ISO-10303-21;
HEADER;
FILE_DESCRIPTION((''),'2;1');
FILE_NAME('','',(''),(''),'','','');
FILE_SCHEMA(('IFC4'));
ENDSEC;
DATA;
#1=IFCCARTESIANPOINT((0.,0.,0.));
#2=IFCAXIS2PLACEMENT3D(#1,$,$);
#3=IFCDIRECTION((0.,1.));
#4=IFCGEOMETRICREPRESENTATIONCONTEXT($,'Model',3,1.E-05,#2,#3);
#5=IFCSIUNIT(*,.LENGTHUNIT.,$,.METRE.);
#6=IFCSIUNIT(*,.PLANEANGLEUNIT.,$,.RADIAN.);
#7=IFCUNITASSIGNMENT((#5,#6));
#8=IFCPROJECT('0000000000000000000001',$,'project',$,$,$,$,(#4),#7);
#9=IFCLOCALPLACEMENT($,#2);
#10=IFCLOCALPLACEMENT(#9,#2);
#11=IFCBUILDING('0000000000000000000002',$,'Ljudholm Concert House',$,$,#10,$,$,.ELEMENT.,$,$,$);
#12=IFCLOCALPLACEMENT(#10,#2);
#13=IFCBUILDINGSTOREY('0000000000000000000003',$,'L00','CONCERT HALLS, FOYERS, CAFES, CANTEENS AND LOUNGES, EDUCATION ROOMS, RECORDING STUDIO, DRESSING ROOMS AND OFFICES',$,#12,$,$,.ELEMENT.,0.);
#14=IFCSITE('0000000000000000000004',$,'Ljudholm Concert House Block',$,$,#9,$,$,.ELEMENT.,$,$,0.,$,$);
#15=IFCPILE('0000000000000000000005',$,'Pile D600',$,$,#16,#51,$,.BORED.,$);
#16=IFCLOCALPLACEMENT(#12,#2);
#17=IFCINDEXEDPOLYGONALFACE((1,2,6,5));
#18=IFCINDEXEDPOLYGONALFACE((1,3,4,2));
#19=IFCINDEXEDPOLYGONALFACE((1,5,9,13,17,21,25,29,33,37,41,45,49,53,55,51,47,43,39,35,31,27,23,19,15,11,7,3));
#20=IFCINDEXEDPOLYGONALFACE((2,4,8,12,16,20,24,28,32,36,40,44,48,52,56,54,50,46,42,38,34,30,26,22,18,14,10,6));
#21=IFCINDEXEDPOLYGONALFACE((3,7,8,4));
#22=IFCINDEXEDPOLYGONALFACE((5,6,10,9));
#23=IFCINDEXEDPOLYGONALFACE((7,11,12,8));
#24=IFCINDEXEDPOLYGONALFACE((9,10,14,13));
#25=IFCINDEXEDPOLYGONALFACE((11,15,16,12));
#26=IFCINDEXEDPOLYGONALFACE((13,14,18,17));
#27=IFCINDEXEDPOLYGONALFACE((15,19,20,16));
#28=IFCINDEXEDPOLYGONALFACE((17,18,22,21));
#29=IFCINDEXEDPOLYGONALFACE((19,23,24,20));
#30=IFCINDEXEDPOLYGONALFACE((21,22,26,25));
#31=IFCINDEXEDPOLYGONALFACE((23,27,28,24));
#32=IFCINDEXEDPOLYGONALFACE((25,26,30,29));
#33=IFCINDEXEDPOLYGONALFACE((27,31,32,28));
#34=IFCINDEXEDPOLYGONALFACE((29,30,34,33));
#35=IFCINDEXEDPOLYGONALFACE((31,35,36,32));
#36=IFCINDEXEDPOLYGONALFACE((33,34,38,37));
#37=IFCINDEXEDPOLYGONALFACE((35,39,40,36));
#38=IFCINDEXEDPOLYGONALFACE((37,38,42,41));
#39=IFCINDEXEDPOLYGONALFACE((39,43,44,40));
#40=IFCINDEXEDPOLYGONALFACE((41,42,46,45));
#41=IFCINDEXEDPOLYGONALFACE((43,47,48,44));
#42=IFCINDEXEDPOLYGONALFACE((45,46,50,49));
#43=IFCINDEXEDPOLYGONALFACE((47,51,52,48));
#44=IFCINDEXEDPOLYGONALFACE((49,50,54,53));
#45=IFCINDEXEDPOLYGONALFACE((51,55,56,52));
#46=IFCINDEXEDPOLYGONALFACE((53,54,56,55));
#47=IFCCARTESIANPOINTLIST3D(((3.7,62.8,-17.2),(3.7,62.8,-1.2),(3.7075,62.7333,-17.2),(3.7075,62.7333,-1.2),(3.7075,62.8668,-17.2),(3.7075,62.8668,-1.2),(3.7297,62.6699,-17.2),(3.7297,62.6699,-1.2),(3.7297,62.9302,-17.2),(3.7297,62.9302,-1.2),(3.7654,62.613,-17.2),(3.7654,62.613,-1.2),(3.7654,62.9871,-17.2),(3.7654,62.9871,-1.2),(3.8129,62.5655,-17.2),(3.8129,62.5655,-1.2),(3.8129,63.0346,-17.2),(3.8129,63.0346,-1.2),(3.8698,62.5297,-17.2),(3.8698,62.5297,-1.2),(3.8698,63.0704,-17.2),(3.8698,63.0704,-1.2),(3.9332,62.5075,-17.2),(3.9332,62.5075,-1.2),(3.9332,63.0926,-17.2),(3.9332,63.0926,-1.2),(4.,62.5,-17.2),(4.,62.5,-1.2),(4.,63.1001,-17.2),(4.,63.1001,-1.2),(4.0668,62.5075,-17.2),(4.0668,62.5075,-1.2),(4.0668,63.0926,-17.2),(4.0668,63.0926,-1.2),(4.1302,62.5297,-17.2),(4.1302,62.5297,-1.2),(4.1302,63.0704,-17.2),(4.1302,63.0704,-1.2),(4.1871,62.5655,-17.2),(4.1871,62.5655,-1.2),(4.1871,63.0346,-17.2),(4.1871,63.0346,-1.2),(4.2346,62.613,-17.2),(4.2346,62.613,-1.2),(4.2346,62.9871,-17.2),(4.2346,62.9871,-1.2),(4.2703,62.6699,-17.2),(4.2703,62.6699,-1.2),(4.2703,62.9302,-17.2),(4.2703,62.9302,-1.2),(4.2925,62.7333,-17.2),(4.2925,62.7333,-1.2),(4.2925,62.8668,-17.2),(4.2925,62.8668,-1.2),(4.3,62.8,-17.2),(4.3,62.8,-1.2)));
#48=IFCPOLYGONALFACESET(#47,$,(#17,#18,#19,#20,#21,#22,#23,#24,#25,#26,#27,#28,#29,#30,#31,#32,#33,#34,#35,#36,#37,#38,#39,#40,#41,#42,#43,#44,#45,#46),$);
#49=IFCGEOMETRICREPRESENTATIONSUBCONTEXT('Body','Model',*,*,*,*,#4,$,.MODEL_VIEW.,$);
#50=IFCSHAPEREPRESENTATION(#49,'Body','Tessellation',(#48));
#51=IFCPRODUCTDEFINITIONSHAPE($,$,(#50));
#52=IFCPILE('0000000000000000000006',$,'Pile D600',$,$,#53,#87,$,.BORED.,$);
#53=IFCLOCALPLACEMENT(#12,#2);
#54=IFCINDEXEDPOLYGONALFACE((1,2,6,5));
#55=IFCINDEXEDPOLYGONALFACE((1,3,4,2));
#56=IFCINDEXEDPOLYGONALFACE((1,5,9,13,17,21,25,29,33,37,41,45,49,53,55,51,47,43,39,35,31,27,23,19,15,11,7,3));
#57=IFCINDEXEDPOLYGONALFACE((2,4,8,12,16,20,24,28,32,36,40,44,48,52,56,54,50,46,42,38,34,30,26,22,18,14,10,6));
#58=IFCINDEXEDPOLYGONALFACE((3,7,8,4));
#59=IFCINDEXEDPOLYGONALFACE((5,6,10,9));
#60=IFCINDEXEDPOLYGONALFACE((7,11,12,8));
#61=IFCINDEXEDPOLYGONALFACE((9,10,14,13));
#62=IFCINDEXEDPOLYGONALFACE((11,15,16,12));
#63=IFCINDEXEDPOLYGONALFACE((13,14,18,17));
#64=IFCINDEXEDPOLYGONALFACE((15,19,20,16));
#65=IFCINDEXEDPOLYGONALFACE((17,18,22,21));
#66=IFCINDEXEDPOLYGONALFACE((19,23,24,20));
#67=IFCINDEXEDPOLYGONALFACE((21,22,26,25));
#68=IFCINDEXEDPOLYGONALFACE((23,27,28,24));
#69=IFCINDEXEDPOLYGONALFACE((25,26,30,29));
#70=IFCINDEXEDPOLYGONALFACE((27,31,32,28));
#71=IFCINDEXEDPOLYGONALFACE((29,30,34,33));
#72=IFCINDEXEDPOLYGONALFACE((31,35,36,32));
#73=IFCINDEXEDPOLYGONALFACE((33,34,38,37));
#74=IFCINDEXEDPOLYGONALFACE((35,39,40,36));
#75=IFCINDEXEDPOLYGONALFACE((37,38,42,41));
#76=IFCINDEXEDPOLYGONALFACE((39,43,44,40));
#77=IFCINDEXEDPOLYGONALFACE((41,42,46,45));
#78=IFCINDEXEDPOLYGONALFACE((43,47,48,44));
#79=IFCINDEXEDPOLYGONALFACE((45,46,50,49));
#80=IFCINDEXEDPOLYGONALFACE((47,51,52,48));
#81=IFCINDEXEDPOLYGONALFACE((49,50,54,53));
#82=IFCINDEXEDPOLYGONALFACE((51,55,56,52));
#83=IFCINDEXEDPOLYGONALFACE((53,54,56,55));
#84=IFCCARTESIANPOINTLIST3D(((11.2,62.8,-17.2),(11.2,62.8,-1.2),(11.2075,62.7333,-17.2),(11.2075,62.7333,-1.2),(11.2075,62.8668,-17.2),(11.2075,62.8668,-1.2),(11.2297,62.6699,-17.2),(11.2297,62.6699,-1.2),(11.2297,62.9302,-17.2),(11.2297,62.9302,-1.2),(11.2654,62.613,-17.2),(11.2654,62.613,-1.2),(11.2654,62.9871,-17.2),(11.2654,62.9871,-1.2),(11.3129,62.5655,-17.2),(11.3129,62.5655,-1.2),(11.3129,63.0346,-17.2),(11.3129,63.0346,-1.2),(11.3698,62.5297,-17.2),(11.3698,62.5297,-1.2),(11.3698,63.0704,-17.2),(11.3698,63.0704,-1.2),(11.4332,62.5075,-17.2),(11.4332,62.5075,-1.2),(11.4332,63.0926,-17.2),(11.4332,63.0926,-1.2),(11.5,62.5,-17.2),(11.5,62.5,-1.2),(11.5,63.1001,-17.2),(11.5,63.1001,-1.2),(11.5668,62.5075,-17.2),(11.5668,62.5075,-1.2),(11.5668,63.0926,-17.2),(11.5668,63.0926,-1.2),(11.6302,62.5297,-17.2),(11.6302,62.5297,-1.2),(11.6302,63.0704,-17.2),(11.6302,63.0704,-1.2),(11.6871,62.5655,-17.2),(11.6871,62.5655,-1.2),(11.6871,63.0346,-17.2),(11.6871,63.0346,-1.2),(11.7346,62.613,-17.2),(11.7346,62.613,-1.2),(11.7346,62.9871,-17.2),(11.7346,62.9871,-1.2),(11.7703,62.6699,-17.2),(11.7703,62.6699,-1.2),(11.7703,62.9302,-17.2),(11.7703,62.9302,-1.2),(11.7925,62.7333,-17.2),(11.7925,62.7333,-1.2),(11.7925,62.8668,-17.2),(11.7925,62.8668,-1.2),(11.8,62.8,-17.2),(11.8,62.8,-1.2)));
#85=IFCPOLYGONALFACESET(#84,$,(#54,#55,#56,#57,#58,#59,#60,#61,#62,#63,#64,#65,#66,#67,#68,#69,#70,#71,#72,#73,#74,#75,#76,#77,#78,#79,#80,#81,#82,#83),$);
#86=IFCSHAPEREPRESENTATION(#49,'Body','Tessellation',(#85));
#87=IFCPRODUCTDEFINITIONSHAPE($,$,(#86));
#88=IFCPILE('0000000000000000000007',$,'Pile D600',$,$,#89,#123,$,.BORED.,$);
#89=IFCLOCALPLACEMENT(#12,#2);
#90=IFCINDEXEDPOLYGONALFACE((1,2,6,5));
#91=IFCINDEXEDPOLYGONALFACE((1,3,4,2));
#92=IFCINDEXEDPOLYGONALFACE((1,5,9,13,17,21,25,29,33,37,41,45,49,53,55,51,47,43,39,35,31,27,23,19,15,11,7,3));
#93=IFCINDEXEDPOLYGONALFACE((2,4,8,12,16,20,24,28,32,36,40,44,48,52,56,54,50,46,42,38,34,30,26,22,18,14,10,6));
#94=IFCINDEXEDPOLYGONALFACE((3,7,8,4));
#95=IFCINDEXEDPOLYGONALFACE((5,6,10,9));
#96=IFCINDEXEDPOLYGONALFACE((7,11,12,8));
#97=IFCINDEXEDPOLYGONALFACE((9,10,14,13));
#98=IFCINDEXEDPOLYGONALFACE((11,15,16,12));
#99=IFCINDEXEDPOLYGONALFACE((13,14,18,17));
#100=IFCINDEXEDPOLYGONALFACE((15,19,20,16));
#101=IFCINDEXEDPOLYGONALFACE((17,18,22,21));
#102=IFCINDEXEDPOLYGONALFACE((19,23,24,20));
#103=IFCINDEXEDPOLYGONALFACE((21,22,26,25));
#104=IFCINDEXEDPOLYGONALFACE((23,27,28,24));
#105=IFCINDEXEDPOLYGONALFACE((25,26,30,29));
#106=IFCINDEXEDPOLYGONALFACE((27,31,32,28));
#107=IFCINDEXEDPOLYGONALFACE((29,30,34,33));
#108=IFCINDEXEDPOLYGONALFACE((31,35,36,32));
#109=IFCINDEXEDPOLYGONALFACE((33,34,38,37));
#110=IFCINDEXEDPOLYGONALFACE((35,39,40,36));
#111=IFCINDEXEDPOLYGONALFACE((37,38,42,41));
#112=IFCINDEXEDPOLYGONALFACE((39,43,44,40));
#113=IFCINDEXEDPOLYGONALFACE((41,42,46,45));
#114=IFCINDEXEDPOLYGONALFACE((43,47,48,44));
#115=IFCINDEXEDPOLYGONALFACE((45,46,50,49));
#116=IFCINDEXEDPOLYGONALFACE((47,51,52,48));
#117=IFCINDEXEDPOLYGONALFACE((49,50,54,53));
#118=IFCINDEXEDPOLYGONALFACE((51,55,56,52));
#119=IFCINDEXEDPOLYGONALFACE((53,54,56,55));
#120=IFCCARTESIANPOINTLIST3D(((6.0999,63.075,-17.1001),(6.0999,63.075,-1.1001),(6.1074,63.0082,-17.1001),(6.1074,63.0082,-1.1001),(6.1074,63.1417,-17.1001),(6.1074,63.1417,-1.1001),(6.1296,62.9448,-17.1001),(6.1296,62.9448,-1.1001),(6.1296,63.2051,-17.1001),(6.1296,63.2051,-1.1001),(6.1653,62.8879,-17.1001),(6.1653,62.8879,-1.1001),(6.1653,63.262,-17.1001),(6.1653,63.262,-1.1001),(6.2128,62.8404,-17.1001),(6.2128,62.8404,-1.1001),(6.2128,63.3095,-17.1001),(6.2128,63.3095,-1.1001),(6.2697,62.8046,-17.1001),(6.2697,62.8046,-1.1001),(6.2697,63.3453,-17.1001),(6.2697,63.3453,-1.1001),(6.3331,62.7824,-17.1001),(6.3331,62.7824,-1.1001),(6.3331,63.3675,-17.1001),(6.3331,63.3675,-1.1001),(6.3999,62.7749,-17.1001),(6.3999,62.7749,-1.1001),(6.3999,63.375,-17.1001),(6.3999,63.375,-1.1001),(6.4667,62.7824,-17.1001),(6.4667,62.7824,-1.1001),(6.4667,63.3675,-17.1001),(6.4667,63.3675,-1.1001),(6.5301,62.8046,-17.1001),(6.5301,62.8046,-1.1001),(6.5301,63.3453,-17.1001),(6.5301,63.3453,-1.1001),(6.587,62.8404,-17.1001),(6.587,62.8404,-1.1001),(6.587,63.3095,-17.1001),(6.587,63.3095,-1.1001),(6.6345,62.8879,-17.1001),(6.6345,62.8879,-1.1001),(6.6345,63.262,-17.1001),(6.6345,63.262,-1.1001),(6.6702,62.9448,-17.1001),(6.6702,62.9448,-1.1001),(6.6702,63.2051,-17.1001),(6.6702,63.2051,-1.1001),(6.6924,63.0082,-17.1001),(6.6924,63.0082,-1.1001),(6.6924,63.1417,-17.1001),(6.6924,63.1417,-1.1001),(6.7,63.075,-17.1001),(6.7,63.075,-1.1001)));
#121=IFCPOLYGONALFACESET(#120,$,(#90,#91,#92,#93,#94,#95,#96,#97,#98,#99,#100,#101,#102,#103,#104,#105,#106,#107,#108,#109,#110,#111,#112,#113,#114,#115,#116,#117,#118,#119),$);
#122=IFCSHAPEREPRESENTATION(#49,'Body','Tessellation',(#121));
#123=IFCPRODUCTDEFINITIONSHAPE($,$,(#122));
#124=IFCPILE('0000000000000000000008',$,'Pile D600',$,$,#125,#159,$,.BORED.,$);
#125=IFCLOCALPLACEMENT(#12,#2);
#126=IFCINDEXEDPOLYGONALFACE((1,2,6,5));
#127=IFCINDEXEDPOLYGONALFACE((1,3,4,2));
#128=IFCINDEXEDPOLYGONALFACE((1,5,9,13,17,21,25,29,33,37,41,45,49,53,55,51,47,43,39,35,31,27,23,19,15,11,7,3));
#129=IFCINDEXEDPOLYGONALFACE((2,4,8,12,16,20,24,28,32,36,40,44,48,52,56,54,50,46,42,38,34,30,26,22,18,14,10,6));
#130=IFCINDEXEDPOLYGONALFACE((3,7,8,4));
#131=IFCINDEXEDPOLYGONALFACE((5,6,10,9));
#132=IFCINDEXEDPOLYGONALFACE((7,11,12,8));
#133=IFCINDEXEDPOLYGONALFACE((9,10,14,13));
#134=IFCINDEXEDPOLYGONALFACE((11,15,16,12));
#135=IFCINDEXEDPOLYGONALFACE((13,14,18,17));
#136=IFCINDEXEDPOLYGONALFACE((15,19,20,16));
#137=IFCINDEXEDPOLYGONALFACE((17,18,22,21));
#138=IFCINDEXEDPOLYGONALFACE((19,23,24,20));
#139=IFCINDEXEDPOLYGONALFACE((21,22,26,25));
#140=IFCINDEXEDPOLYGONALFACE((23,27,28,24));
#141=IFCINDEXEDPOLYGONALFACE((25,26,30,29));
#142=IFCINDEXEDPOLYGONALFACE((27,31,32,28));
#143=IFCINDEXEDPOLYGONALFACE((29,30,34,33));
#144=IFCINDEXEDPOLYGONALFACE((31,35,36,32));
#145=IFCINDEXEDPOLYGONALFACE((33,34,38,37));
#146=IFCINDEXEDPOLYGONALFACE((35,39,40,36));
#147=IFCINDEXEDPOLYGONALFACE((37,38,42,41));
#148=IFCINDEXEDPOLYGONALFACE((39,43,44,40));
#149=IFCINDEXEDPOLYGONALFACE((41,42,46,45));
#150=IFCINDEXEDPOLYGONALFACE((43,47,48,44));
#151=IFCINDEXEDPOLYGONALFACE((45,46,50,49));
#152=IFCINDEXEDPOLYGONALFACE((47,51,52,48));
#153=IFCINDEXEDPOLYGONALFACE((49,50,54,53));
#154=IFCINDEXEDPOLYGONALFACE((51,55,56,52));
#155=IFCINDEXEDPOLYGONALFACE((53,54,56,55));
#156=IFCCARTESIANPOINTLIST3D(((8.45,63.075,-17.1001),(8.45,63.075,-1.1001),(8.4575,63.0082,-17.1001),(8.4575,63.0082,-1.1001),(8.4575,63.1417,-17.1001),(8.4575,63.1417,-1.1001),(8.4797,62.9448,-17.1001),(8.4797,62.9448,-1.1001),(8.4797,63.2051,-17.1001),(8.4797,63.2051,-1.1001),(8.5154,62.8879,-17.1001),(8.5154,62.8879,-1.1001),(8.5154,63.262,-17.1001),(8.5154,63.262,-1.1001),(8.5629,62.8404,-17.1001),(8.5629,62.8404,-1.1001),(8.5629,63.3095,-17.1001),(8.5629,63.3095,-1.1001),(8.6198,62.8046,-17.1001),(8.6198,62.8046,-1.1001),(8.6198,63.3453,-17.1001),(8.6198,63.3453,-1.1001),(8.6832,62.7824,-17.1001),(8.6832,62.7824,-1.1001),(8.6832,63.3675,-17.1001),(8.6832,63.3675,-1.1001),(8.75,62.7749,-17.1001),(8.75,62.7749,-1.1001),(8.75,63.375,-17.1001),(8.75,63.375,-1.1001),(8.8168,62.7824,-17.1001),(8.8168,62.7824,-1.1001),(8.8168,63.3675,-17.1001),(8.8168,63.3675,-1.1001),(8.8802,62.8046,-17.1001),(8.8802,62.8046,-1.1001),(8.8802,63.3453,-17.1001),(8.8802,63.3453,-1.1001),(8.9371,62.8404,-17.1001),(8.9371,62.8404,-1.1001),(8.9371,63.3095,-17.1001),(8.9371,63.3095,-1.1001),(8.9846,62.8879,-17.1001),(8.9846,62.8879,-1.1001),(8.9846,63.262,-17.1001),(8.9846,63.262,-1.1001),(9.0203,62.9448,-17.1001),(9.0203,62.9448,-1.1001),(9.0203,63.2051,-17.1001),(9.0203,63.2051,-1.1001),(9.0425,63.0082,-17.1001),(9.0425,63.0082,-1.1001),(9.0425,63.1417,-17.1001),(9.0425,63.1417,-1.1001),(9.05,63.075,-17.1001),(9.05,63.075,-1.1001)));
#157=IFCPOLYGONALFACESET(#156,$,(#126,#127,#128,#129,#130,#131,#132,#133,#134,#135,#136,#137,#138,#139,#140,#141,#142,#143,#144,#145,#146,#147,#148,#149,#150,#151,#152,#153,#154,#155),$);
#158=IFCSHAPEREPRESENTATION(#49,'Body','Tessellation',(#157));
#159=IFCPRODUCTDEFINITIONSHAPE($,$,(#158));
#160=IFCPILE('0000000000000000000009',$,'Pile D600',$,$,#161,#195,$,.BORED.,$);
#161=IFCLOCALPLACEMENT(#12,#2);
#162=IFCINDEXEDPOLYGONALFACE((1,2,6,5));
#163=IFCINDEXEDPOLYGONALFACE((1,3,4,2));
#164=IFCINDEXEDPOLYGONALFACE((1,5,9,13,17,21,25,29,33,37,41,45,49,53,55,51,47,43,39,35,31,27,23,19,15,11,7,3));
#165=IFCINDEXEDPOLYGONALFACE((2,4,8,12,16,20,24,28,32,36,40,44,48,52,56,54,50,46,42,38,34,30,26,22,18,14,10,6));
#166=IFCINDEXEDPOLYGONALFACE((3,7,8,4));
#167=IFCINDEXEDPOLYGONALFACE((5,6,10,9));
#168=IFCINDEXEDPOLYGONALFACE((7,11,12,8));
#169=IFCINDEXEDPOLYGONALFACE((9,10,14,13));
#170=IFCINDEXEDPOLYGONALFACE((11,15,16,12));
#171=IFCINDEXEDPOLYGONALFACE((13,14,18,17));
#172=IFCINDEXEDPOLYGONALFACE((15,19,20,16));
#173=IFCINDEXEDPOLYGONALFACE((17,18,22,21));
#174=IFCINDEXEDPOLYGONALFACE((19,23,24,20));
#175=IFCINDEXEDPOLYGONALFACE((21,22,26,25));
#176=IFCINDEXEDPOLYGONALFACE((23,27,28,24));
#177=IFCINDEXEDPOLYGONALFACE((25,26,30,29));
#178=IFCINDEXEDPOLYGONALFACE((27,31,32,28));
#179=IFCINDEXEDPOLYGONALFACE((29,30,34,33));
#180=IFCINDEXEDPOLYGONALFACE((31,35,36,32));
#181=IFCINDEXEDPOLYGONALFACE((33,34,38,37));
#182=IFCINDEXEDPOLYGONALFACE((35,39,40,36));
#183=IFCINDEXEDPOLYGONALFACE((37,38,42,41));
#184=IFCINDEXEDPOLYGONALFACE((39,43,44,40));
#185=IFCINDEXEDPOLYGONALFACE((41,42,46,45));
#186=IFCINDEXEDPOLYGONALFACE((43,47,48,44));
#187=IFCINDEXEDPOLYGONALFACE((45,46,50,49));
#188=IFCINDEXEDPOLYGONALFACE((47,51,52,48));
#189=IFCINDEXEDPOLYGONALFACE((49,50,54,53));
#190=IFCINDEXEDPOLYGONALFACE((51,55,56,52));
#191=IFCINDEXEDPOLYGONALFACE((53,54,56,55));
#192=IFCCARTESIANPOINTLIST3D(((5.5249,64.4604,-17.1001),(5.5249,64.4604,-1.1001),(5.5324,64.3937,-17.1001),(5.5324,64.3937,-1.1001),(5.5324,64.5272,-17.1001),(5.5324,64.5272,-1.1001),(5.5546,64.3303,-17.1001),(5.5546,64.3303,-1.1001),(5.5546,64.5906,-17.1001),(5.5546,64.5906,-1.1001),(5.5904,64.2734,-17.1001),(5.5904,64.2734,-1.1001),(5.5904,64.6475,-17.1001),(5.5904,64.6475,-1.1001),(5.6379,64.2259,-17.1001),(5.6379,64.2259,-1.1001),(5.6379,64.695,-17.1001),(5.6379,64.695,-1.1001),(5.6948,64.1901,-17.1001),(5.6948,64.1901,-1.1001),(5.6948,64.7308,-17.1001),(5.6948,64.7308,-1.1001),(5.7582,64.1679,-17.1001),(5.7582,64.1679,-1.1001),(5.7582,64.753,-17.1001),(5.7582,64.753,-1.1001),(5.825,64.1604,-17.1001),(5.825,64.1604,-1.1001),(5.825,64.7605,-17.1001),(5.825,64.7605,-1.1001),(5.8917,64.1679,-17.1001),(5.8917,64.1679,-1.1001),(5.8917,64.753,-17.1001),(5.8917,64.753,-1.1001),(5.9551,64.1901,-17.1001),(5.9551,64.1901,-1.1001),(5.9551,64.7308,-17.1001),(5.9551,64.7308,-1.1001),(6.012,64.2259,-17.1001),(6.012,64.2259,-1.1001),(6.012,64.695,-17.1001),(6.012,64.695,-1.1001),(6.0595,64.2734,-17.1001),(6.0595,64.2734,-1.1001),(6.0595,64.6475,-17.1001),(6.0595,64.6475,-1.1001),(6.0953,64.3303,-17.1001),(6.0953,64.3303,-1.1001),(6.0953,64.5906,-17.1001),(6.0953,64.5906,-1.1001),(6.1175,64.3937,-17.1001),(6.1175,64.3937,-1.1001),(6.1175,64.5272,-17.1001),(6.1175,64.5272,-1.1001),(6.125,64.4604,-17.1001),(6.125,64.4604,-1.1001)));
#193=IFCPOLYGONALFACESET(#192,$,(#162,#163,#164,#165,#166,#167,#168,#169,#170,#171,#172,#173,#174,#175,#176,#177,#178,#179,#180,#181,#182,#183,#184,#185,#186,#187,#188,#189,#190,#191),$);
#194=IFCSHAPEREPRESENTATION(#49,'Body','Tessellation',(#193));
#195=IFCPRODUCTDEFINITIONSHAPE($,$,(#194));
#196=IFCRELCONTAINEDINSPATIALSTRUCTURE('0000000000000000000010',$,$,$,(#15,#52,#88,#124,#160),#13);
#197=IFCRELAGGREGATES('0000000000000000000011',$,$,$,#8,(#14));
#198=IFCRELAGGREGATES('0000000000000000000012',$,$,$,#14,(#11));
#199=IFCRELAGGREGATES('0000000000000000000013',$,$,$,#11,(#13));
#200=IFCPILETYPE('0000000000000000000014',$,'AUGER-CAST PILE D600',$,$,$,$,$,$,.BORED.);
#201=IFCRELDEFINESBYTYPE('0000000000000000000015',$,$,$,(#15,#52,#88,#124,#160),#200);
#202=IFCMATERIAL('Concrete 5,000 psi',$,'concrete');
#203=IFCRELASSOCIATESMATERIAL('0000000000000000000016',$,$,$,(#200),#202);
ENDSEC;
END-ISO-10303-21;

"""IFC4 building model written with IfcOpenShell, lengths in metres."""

from ifc_helpers import new_model, si_unit, direction, frame, origin, origin_2d, place, context, subcontext, project, spatial, circle, extrude, material, material_profile, profile_set, type_object, element, save


model = new_model("IFC4")

# Units and contexts
model_context = context("Model", 3, precision=1e-05, world=origin(), true_north=direction((0.0, 1.0)))
body_context = subcontext(model_context, "Body", "Model", "MODEL_VIEW")
ifc_project = project(units=[si_unit("LENGTHUNIT", "METRE"), si_unit("PLANEANGLEUNIT", "RADIAN")], contexts=[model_context])

# Site, building, storey
site_placement = place(None, origin())
site = spatial("IfcSite", under=ifc_project, at=site_placement, Name="Ljudholm Concert House Block", CompositionType="ELEMENT", RefElevation=0.0)
building_placement = place(site_placement, origin())
building = spatial("IfcBuilding", under=site, at=building_placement, Name="Ljudholm Concert House", CompositionType="ELEMENT")
storey_placement = place(building_placement, origin())
storey = spatial("IfcBuildingStorey", under=building, at=storey_placement, Name="L00", Description="CONCERT HALLS, FOYERS, CAFES, CANTEENS AND LOUNGES, EDUCATION ROOMS, RECORDING STUDIO, DRESSING ROOMS AND OFFICES", CompositionType="ELEMENT", Elevation=0.0)

# Piles
ifc_material_1 = material(Name="Concrete 5,000 psi", Category="concrete")
ifc_material_profile_1 = material_profile(ifc_material_1, circle(Radius=0.3, at=origin_2d()), Name="AUGER-CAST PILE D600")
ifc_profile_set_1 = profile_set([ifc_material_profile_1], Name="Concrete 5,000 psi")
pile_type = type_object("IfcPileType", Name="AUGER-CAST PILE D600", PredefinedType="BORED", material=ifc_profile_set_1)
for number, where, z_axis, x_axis, name in (
    (1, (4.0, 62.8, -1.2), (0.0, 0.0, -1.0), (1.0, 0.0, 0.0), "Pile D600"),
    (2, (11.5, 62.8, -1.2), (0.0, 0.0, -1.0), (1.0, 0.0, 0.0), "Pile D600"),
    (3, (6.3999, 63.075, -1.1001), (0.0, 0.0, -1.0), (1.0, 0.0, 0.0), "Pile D600"),
    (4, (8.75, 63.075, -1.1001), (0.0, 0.0, -1.0), (1.0, 0.0, 0.0), "Pile D600"),
    (5, (5.825, 64.4604, -1.1001), (0.0, 0.0, -1.0), (1.0, 0.0, 0.0), "Pile D600"),
):
    element("IfcPile", number, at=place(storey_placement, frame(where, z_axis=z_axis, x_axis=x_axis)), inside=storey, type_object=pile_type, Name=name, PredefinedType="BORED", context=body_context, shape_type="SweptSolid", body=[
        extrude(circle(Radius=0.3, at=origin_2d()), origin(), (0.0, 0.0, 1.0), 16.0),
    ])

save(model, "model.ifc")
